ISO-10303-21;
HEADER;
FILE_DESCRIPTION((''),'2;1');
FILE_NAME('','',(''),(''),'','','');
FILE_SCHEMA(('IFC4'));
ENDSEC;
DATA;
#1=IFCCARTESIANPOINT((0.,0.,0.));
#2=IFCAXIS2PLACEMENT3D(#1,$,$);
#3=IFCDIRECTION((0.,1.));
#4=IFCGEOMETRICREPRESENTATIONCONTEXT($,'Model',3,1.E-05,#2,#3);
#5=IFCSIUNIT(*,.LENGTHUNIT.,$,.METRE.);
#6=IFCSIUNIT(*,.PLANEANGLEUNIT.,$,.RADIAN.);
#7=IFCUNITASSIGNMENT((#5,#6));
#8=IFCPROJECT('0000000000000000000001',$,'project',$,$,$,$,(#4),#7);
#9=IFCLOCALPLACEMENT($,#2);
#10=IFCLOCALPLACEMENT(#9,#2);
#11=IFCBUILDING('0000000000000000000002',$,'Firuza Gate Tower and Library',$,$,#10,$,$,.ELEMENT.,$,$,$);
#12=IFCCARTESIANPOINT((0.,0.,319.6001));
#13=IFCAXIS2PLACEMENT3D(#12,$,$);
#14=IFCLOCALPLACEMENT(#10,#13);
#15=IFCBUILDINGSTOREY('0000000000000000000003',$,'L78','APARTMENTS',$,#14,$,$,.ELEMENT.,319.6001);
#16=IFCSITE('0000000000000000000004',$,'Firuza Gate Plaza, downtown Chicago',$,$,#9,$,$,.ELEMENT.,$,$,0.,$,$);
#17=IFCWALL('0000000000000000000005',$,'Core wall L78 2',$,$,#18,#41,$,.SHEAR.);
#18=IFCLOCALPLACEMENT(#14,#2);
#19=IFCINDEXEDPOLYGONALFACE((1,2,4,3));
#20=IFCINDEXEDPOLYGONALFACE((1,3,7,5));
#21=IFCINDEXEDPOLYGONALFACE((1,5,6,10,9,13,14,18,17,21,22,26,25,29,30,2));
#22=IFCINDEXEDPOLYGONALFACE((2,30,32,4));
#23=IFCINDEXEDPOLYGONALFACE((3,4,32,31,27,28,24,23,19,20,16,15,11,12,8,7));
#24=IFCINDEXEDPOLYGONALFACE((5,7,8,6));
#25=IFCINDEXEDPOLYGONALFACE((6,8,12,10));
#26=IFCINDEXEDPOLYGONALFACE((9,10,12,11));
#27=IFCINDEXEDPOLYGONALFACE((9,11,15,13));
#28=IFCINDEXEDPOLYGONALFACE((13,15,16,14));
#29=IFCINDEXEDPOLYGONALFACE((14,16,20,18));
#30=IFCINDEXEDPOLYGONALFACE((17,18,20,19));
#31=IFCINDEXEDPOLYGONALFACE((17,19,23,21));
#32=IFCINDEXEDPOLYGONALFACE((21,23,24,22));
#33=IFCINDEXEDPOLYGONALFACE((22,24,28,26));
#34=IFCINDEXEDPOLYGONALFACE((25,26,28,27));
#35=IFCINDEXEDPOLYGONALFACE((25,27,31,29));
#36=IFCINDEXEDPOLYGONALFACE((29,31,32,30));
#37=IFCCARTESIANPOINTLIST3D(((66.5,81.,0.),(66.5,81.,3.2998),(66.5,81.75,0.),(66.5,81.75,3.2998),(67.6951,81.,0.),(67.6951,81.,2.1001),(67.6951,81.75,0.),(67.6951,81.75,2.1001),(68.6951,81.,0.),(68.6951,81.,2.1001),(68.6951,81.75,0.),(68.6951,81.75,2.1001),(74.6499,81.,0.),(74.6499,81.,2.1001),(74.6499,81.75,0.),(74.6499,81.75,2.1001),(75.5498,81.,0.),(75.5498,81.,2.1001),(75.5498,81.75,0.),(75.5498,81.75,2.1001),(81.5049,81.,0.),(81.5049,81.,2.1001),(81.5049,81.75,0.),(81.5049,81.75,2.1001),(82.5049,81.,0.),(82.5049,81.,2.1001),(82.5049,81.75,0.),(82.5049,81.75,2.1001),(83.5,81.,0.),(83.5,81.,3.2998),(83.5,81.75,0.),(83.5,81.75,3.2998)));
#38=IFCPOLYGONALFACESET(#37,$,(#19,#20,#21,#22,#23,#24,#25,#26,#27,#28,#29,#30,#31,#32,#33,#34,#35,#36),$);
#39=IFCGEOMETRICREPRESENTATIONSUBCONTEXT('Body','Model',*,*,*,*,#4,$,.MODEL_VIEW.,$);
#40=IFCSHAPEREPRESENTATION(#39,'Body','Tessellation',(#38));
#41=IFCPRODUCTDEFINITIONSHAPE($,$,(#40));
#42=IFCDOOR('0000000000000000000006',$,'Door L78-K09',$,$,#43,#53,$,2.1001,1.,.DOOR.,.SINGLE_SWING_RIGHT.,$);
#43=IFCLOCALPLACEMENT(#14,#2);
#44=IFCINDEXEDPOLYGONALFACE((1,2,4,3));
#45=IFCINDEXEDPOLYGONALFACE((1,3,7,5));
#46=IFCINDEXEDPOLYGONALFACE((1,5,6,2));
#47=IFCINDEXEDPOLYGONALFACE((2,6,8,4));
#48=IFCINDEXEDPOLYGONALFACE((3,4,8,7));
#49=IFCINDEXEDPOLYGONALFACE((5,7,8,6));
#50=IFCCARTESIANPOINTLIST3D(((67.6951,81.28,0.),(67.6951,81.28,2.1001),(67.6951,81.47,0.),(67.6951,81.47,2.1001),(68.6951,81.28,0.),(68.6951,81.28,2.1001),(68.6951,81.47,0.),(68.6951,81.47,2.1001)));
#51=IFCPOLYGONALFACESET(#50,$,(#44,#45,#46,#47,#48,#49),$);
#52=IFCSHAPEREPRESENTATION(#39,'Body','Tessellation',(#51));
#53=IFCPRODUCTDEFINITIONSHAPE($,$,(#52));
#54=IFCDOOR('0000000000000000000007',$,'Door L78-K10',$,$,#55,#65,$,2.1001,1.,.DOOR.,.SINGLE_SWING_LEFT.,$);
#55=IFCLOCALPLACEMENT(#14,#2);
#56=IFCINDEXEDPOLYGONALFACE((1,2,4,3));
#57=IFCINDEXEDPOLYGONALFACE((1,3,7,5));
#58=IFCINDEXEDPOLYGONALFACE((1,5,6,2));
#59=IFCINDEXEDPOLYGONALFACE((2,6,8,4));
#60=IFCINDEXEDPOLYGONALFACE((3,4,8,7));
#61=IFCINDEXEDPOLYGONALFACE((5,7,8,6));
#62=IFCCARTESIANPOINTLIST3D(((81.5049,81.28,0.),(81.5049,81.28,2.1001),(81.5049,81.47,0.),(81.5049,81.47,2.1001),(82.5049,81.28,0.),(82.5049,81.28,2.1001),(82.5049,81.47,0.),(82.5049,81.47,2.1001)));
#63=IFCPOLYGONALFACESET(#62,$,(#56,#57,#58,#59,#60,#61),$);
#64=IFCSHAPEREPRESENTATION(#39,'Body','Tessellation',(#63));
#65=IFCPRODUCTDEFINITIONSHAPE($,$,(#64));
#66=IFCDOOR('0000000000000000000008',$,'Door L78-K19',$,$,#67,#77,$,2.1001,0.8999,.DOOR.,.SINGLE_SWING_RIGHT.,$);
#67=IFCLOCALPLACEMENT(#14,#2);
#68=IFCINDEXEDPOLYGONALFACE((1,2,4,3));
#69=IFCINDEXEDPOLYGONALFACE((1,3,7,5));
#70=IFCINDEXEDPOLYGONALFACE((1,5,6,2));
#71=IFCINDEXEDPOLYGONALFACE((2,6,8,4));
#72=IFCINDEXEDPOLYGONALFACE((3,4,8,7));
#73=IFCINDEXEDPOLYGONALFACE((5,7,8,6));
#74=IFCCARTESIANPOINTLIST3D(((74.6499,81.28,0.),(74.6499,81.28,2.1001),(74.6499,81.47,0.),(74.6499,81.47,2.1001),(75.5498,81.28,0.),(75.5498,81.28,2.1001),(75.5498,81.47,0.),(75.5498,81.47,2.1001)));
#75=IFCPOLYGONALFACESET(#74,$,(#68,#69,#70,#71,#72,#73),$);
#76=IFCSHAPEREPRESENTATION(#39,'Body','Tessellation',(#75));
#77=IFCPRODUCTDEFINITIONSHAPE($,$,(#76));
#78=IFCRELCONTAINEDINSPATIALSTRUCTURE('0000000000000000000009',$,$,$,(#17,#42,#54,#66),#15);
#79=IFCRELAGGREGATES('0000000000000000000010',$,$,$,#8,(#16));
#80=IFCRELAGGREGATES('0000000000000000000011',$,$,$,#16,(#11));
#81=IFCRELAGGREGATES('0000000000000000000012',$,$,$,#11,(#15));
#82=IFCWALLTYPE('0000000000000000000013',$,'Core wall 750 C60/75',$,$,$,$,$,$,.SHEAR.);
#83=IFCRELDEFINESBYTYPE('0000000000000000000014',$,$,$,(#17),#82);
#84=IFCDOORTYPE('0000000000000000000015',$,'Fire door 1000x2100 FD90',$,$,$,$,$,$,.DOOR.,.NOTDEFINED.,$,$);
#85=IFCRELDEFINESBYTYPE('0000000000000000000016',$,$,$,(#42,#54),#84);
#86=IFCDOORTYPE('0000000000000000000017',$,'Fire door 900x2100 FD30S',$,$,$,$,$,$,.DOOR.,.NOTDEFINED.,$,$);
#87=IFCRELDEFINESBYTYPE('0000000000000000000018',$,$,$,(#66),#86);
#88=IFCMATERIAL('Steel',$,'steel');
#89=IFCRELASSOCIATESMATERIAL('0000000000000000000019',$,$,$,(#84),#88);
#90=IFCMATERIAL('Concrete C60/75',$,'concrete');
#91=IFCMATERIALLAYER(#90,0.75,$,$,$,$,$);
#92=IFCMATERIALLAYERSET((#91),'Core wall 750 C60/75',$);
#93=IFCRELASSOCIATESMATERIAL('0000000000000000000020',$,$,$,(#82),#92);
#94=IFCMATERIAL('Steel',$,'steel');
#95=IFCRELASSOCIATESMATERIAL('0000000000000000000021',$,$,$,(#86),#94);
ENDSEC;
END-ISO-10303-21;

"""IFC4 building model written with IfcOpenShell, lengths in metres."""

from ifc_helpers import new_model, si_unit, direction, frame, frame_2d, origin, place, context, subcontext, project, spatial, rectangle, extrude, material, layer, layer_set, type_object, element, fill, save


model = new_model("IFC4")

# Units and contexts
model_context = context("Model", 3, precision=1e-05, world=origin(), true_north=direction((0.0, 1.0)))
body_context = subcontext(model_context, "Body", "Model", "MODEL_VIEW")
ifc_project = project(units=[si_unit("LENGTHUNIT", "METRE"), si_unit("PLANEANGLEUNIT", "RADIAN")], contexts=[model_context])

# Site, building, storey
site_placement = place(None, origin())
site = spatial("IfcSite", under=ifc_project, at=site_placement, Name="Firuza Gate Plaza, downtown Chicago", CompositionType="ELEMENT", RefElevation=0.0)
building_placement = place(site_placement, origin())
building = spatial("IfcBuilding", under=site, at=building_placement, Name="Firuza Gate Tower and Library", CompositionType="ELEMENT")
storey_placement = place(building_placement, frame((0.0, 0.0, 319.6001)))
storey = spatial("IfcBuildingStorey", under=building, at=storey_placement, Name="L78", Description="APARTMENTS", CompositionType="ELEMENT", Elevation=319.6001)

# Shared definitions
ifc_material_1 = material(Name="Steel", Category="steel")
door_type_1 = type_object("IfcDoorType", Name="Fire door 1000x2100 FD90", OperationType="NOTDEFINED", PredefinedType="DOOR", material=ifc_material_1)

# Wall, openings, doors
ifc_material_2 = material(Name="Concrete C60/75", Category="concrete")
ifc_layer_1 = layer(ifc_material_2, 0.75)
ifc_layer_set_1 = layer_set([ifc_layer_1], Name="Core wall 750 C60/75")
wall_type_1 = type_object("IfcWallType", Name="Core wall 750 C60/75", PredefinedType="SHEAR", material=ifc_layer_set_1)
wall_1_placement = place(storey_placement, frame((66.5, 81.375, 0.0), z_axis=(0.0, 0.0, 1.0), x_axis=(1.0, 0.0, 0.0)))
wall_1 = element("IfcWall", 1, at=wall_1_placement, inside=storey, type_object=wall_type_1, Name="Core wall L78 2", PredefinedType="SHEAR", context=body_context, shape_type="SweptSolid", body=[
    extrude(rectangle(XDim=17.0, YDim=0.75, at=frame_2d((8.5, 0.0))), origin(), (0.0, 0.0, 1.0), 3.2998),
])
opening_1_placement = place(wall_1_placement, frame((1.1951, 0.0, 0.0)))
opening_1 = element("IfcOpeningElement", 2, at=opening_1_placement, cuts=wall_1, PredefinedType="OPENING", context=body_context, shape_type="SweptSolid", body=[
    extrude(rectangle(XDim=1.0, YDim=2.1001, at=frame_2d((0.5, 1.05))), frame((0.0, 0.385, 0.0), z_axis=(0.0, -1.0, 0.0), x_axis=(1.0, 0.0, 0.0)), (0.0, 0.0, 1.0), 0.77),
])
opening_2_placement = place(wall_1_placement, frame((15.0049, 0.0, 0.0)))
opening_2 = element("IfcOpeningElement", 3, at=opening_2_placement, cuts=wall_1, PredefinedType="OPENING", context=body_context, shape_type="SweptSolid", body=[
    extrude(rectangle(XDim=1.0, YDim=2.1001, at=frame_2d((0.5, 1.05))), frame((0.0, 0.385, 0.0), z_axis=(0.0, -1.0, 0.0), x_axis=(1.0, 0.0, 0.0)), (0.0, 0.0, 1.0), 0.77),
])
opening_3_placement = place(wall_1_placement, frame((8.1499, 0.0, 0.0)))
opening_3 = element("IfcOpeningElement", 4, at=opening_3_placement, cuts=wall_1, PredefinedType="OPENING", context=body_context, shape_type="SweptSolid", body=[
    extrude(rectangle(XDim=0.8999, YDim=2.1001, at=frame_2d((0.45, 1.05))), frame((0.0, 0.385, 0.0), z_axis=(0.0, -1.0, 0.0), x_axis=(1.0, 0.0, 0.0)), (0.0, 0.0, 1.0), 0.77),
])
door_1_placement = place(opening_1_placement, origin())
door_1 = element("IfcDoor", 5, at=door_1_placement, inside=storey, type_object=door_type_1, Name="Door L78-K09", OperationType="SINGLE_SWING_RIGHT", OverallHeight=2.1001, OverallWidth=1.0, PredefinedType="DOOR", context=body_context, shape_type="SweptSolid", body=[
    extrude(rectangle(XDim=1.0, YDim=2.1001, at=frame_2d((0.5, 1.05))), frame((0.0, 0.095, 0.0), z_axis=(0.0, -1.0, 0.0), x_axis=(1.0, 0.0, 0.0)), (0.0, 0.0, 1.0), 0.1899),
])
fill(opening_1, door_1)
door_2_placement = place(opening_2_placement, origin())
door_2 = element("IfcDoor", 6, at=door_2_placement, inside=storey, type_object=door_type_1, Name="Door L78-K10", OperationType="SINGLE_SWING_LEFT", OverallHeight=2.1001, OverallWidth=1.0, PredefinedType="DOOR", context=body_context, shape_type="SweptSolid", body=[
    extrude(rectangle(XDim=1.0, YDim=2.1001, at=frame_2d((0.5, 1.05))), frame((0.0, 0.095, 0.0), z_axis=(0.0, -1.0, 0.0), x_axis=(1.0, 0.0, 0.0)), (0.0, 0.0, 1.0), 0.1899),
])
fill(opening_2, door_2)
ifc_material_3 = material(Name="Steel", Category="steel")
door_type_2 = type_object("IfcDoorType", Name="Fire door 900x2100 FD30S", OperationType="NOTDEFINED", PredefinedType="DOOR", material=ifc_material_3)
door_3_placement = place(opening_3_placement, origin())
door_3 = element("IfcDoor", 7, at=door_3_placement, inside=storey, type_object=door_type_2, Name="Door L78-K19", OperationType="SINGLE_SWING_RIGHT", OverallHeight=2.1001, OverallWidth=0.8999, PredefinedType="DOOR", context=body_context, shape_type="SweptSolid", body=[
    extrude(rectangle(XDim=0.8999, YDim=2.1001, at=frame_2d((0.45, 1.05))), frame((0.0, 0.095, 0.0), z_axis=(0.0, -1.0, 0.0), x_axis=(1.0, 0.0, 0.0)), (0.0, 0.0, 1.0), 0.1899),
])
fill(opening_3, door_3)

save(model, "model.ifc")
